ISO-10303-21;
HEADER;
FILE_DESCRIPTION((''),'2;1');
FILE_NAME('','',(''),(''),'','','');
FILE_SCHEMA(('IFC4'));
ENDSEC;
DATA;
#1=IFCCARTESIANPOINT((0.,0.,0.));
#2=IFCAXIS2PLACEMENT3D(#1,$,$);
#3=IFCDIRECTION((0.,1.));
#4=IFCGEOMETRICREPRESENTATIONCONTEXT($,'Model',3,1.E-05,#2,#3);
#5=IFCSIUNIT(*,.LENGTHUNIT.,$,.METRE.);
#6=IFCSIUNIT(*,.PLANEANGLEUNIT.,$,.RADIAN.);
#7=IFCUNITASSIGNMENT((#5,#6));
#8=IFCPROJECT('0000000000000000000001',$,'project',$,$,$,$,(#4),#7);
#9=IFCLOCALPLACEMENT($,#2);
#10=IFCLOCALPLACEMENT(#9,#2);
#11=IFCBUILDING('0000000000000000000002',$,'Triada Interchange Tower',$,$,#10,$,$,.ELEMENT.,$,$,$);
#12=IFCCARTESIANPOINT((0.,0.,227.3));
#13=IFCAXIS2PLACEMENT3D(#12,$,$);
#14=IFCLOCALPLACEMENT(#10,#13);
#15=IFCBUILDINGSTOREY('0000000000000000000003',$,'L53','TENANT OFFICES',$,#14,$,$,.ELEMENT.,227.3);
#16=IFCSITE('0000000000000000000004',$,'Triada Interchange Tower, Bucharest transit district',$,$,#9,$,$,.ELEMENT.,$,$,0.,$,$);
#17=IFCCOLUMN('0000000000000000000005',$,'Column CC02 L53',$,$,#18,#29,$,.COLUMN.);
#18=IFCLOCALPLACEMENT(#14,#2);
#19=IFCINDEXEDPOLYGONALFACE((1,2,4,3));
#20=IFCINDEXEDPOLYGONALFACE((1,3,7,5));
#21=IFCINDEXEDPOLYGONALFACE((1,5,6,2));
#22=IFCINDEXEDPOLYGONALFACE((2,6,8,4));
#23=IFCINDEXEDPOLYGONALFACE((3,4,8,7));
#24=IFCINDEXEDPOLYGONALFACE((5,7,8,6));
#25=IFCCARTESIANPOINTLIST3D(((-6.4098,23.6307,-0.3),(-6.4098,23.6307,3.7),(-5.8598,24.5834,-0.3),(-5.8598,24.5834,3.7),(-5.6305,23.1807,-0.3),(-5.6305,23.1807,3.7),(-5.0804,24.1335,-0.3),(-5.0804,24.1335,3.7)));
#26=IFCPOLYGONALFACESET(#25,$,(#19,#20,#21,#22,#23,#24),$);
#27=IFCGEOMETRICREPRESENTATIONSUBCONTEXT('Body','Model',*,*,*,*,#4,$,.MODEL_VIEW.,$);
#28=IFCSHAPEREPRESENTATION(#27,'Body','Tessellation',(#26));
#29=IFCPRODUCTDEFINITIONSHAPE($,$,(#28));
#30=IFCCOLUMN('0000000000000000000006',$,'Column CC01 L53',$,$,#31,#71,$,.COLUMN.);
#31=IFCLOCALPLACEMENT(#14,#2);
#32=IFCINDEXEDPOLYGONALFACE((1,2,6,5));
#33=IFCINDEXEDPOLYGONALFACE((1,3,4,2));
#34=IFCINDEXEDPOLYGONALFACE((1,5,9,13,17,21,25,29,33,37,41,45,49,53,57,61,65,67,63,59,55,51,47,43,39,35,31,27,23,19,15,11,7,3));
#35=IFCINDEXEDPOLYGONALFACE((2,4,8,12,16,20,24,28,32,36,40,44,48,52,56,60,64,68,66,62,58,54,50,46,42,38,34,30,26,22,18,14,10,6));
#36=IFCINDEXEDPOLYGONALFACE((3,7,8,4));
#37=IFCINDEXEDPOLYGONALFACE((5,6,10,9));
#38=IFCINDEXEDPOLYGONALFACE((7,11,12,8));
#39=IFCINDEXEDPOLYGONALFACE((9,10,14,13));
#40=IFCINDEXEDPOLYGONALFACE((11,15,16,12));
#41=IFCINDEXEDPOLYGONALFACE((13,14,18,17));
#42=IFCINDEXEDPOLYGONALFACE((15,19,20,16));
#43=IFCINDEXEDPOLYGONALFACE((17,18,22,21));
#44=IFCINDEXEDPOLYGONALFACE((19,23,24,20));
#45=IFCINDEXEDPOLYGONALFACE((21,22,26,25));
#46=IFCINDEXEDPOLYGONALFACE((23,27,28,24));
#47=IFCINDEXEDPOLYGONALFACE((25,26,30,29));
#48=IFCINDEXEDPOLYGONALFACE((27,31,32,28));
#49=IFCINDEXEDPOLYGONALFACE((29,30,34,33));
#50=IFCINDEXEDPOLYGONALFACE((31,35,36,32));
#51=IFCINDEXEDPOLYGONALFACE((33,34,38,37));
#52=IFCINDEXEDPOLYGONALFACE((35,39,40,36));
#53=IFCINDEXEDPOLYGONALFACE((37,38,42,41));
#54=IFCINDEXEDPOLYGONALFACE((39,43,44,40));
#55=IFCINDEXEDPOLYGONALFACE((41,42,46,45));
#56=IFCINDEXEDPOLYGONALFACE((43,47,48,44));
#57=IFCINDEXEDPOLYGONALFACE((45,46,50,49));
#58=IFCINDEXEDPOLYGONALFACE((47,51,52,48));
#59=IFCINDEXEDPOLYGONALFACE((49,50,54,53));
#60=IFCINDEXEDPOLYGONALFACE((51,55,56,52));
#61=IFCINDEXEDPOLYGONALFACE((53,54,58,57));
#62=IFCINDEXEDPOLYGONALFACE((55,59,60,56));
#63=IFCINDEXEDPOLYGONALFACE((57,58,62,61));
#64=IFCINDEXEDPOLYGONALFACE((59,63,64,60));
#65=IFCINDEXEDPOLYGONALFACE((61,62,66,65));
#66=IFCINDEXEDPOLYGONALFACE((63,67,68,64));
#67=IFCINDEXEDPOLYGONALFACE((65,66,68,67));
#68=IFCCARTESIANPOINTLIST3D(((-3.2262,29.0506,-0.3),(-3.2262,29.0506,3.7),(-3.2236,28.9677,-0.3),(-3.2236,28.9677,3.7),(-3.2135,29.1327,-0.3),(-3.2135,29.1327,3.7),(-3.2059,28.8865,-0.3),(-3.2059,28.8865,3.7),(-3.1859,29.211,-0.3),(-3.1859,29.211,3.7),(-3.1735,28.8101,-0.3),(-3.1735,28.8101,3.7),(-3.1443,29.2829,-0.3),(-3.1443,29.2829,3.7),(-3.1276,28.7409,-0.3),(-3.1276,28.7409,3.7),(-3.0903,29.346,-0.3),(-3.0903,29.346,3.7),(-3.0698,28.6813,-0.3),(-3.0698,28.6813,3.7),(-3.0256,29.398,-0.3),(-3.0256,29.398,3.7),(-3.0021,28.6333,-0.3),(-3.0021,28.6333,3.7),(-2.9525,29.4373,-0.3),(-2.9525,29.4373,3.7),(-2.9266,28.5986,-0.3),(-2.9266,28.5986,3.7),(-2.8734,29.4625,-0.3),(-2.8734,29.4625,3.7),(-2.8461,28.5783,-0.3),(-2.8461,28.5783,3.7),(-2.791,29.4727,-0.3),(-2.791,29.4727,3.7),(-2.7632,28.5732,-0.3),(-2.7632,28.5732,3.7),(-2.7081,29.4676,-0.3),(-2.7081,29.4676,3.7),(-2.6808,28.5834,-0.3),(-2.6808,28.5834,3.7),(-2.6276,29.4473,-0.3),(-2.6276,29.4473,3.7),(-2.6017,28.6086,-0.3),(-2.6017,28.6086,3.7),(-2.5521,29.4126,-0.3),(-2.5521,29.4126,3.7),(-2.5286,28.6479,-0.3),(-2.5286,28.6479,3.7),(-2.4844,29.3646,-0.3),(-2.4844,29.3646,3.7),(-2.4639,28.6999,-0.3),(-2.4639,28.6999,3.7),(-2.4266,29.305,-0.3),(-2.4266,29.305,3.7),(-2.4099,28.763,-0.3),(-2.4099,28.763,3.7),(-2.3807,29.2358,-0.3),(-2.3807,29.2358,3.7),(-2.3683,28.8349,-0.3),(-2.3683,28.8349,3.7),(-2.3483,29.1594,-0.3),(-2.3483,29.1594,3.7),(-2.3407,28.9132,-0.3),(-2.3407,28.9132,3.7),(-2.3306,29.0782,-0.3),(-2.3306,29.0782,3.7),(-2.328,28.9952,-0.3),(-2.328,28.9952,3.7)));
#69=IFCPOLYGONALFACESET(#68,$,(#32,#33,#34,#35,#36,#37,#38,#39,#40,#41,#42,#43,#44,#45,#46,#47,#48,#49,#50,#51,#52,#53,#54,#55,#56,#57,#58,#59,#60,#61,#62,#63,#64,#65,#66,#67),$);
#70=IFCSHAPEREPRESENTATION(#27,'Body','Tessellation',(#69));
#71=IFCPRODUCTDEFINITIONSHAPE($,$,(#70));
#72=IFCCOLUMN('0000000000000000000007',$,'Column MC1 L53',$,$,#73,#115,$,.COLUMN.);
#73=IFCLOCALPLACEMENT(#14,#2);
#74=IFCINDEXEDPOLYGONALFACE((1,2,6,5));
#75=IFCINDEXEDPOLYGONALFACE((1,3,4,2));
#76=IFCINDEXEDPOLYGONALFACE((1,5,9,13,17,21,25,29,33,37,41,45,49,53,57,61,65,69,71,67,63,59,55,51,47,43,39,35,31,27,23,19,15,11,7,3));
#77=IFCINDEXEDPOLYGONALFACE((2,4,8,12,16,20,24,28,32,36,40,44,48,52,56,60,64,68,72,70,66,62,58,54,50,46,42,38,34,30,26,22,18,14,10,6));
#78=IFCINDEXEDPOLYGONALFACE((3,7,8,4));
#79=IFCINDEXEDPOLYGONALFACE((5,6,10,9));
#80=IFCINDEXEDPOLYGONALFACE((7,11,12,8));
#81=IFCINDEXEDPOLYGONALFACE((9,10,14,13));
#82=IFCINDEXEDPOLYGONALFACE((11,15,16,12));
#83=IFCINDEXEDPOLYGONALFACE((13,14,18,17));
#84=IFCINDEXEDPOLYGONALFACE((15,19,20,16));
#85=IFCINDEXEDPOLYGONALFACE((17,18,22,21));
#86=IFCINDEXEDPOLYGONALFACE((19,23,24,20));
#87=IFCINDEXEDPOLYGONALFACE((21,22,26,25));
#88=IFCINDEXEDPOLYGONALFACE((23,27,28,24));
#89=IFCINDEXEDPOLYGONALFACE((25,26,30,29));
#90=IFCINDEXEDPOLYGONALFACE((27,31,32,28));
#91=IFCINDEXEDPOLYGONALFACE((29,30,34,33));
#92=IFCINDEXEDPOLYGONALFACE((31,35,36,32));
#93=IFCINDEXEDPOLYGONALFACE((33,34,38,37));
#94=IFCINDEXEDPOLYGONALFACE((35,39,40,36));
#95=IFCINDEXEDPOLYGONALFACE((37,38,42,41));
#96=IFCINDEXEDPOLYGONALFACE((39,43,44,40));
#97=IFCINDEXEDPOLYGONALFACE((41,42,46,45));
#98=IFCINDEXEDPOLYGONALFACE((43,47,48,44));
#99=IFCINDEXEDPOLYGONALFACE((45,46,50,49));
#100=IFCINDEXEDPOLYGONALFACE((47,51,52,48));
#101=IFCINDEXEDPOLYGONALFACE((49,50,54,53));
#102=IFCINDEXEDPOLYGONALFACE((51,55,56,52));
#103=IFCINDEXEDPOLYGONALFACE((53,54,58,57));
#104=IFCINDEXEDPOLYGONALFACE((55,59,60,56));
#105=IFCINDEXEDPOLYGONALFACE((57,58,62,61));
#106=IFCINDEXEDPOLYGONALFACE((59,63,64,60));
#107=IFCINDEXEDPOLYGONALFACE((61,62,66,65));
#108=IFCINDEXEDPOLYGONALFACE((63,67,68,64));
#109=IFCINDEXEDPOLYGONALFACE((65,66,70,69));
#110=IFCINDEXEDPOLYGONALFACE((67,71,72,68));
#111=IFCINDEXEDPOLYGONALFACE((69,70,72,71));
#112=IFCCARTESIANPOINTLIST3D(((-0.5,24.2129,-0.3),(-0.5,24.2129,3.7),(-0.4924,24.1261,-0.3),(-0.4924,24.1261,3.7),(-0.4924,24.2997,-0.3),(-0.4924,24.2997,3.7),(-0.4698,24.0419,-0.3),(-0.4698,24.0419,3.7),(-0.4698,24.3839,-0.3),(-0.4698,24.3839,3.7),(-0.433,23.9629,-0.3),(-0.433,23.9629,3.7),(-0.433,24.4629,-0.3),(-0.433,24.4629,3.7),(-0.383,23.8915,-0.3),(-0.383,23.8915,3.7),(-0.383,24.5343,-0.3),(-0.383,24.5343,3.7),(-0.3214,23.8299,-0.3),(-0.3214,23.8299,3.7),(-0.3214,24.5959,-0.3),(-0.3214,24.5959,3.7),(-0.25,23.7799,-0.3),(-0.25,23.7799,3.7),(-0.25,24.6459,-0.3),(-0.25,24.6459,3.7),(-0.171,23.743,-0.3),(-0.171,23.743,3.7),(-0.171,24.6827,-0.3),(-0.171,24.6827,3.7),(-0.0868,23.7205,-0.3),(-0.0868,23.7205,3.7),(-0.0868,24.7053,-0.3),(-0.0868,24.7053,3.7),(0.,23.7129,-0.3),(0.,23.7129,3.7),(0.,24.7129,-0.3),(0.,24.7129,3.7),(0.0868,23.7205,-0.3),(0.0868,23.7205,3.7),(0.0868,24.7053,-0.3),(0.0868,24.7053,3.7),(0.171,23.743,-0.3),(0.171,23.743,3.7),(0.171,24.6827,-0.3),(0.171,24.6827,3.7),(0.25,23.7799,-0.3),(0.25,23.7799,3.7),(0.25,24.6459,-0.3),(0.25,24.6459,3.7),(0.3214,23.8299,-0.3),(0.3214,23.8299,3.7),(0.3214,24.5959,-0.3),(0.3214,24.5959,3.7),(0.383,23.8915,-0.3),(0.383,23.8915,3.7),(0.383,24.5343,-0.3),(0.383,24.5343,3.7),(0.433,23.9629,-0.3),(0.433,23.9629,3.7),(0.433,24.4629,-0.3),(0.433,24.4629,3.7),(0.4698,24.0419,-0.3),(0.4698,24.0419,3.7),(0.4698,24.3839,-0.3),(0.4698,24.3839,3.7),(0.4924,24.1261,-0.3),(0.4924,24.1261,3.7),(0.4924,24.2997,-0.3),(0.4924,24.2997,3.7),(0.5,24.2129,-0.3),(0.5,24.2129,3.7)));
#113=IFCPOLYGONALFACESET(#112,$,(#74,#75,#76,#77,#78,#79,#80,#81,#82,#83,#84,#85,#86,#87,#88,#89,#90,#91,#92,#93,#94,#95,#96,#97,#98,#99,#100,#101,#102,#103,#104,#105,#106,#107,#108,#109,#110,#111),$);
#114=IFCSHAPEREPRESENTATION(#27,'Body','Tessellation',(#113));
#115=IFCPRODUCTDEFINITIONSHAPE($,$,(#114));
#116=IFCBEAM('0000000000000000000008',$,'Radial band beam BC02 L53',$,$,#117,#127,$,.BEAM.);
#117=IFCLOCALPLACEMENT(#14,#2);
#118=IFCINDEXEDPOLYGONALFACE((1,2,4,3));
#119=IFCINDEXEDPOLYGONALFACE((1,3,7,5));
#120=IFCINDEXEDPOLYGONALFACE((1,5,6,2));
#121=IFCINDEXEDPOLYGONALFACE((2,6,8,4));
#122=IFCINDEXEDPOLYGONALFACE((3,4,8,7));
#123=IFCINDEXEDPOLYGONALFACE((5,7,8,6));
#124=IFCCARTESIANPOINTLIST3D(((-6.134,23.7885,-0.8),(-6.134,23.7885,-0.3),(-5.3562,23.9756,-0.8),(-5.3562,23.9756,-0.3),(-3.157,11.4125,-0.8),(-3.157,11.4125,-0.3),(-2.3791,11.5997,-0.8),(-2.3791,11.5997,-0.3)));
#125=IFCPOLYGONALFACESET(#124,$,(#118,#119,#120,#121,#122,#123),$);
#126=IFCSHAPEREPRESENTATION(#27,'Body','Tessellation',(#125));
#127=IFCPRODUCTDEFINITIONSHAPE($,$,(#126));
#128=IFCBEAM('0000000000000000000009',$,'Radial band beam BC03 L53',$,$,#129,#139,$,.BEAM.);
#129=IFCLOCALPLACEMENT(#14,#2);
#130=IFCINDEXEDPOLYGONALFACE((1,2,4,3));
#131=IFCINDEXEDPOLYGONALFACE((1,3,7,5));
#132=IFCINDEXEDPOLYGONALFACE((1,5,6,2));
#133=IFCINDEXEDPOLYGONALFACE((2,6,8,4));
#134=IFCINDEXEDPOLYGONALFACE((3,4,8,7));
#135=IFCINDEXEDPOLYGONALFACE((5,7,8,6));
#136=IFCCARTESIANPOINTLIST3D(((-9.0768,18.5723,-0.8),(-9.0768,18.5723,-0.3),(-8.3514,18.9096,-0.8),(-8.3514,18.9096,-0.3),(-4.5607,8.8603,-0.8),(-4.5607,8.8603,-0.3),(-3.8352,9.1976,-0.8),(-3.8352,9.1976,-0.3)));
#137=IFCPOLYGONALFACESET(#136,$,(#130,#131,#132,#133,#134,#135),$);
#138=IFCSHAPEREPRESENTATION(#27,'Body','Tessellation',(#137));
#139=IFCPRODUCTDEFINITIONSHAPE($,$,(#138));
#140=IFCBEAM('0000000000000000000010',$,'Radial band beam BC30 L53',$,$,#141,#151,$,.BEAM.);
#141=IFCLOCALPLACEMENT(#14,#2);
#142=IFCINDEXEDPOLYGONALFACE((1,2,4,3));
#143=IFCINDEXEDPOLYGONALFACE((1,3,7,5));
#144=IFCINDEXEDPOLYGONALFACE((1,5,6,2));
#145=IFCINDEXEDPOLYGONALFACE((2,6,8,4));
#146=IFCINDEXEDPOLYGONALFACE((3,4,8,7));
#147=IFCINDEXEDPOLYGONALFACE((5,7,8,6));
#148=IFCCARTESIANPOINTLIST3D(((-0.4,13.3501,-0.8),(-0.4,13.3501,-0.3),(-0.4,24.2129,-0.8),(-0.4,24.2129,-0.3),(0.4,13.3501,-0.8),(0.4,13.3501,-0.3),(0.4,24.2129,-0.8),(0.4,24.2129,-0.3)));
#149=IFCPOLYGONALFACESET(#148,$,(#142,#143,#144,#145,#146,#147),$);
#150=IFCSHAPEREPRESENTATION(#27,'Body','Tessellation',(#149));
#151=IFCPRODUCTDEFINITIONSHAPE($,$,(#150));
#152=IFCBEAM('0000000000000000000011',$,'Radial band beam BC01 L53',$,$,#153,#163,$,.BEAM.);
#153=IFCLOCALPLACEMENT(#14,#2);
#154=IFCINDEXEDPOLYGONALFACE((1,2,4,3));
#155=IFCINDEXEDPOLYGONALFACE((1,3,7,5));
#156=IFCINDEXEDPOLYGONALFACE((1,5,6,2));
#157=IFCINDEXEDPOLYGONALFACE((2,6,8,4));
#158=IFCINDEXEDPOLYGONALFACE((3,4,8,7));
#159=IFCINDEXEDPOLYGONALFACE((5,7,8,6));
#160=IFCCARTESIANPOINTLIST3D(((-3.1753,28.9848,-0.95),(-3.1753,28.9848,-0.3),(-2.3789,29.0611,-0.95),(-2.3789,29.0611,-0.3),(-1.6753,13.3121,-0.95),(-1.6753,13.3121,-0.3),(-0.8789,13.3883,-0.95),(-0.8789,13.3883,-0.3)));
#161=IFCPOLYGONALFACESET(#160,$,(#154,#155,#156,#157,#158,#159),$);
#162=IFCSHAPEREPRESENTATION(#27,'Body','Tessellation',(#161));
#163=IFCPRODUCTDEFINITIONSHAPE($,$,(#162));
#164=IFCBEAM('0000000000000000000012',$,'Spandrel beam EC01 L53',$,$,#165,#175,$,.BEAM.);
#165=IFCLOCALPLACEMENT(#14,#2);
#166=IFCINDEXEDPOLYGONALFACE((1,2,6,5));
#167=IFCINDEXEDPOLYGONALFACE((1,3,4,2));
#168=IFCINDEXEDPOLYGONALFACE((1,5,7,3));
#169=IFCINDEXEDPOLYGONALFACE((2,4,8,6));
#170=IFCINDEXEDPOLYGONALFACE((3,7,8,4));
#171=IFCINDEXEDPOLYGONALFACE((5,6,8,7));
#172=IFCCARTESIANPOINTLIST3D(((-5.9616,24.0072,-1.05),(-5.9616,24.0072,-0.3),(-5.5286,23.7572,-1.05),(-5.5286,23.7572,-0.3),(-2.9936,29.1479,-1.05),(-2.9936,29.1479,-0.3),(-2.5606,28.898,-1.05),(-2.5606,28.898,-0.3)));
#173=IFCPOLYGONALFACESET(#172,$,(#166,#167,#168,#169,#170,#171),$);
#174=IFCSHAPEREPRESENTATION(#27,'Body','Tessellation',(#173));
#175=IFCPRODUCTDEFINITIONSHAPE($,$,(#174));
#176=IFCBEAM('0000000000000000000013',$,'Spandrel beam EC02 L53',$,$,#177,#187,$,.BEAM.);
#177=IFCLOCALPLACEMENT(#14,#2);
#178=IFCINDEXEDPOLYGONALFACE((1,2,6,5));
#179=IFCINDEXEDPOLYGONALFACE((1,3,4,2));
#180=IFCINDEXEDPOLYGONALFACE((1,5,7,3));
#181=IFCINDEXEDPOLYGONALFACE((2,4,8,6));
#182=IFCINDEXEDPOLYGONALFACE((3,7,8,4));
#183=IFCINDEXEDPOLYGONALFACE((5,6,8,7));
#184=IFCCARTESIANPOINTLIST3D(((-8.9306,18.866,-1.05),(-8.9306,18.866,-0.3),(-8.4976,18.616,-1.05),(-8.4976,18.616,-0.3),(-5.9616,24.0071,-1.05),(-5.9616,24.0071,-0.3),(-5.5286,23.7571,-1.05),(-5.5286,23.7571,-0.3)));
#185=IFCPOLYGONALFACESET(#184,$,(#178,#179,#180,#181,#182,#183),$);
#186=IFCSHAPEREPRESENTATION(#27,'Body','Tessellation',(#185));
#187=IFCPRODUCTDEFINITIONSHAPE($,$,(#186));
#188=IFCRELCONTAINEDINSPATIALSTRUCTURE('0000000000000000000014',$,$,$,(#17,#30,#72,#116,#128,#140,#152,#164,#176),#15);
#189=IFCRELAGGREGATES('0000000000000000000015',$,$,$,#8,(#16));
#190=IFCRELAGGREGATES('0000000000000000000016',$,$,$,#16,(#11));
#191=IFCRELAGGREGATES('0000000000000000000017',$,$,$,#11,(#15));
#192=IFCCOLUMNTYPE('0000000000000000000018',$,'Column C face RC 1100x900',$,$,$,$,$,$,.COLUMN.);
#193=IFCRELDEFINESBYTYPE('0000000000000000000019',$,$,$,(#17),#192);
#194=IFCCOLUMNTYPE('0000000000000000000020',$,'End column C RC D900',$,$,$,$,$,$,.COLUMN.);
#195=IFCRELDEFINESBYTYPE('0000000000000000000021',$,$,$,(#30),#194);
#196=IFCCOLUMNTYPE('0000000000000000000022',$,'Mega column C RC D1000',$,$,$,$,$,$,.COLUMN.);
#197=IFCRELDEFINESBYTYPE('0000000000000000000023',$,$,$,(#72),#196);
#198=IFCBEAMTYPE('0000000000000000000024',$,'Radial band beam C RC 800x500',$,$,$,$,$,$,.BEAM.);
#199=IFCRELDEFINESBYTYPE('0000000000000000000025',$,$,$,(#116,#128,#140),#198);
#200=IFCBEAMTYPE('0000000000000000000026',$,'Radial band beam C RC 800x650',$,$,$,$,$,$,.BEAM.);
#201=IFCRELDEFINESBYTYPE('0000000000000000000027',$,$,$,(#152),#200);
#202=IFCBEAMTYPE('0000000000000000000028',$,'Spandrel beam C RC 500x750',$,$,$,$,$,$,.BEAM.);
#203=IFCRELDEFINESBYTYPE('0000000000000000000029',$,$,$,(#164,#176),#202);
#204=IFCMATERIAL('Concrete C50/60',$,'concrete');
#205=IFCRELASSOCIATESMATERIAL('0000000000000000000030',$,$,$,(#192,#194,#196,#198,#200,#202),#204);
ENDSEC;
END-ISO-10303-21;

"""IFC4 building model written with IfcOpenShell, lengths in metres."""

from ifc_helpers import new_model, si_unit, direction, frame, origin, origin_2d, place, context, subcontext, project, spatial, rectangle, circle, extrude, material, material_profile, profile_set, type_object, element, save


model = new_model("IFC4")

# Units and contexts
model_context = context("Model", 3, precision=1e-05, world=origin(), true_north=direction((0.0, 1.0)))
body_context = subcontext(model_context, "Body", "Model", "MODEL_VIEW")
ifc_project = project(units=[si_unit("LENGTHUNIT", "METRE"), si_unit("PLANEANGLEUNIT", "RADIAN")], contexts=[model_context])

# Site, building, storey
site_placement = place(None, origin())
site = spatial("IfcSite", under=ifc_project, at=site_placement, Name="Triada Interchange Tower, Bucharest transit district", CompositionType="ELEMENT", RefElevation=0.0)
building_placement = place(site_placement, origin())
building = spatial("IfcBuilding", under=site, at=building_placement, Name="Triada Interchange Tower", CompositionType="ELEMENT")
storey_placement = place(building_placement, frame((0.0, 0.0, 227.3)))
storey = spatial("IfcBuildingStorey", under=building, at=storey_placement, Name="L53", Description="TENANT OFFICES", CompositionType="ELEMENT", Elevation=227.3)

# Columns
ifc_material_1 = material(Name="Concrete C50/60", Category="concrete")
ifc_material_profile_1 = material_profile(ifc_material_1, rectangle(XDim=1.1001, YDim=0.8999, at=origin_2d()), Name="RC 1100x900")
ifc_profile_set_1 = profile_set([ifc_material_profile_1], Name="Concrete C50/60")
column_type_1 = type_object("IfcColumnType", Name="Column C face RC 1100x900", PredefinedType="COLUMN", material=ifc_profile_set_1)
column_1_placement = place(storey_placement, frame((-5.7451, 23.8821, -0.3), z_axis=(0.0, 0.0, 1.0), x_axis=(0.5, 0.866025, 0.0)))
element("IfcColumn", 1, at=column_1_placement, inside=storey, type_object=column_type_1, Name="Column CC02 L53", PredefinedType="COLUMN", context=body_context, shape_type="SweptSolid", body=[
    extrude(rectangle(XDim=1.1001, YDim=0.8999, at=origin_2d()), origin(), (0.0, 0.0, 1.0), 4.0),
])
ifc_material_profile_2 = material_profile(ifc_material_1, circle(Radius=0.45, at=origin_2d()), Name="RC D900")
ifc_profile_set_2 = profile_set([ifc_material_profile_2], Name="Concrete C50/60")
column_type_2 = type_object("IfcColumnType", Name="End column C RC D900", PredefinedType="COLUMN", material=ifc_profile_set_2)
column_2_placement = place(storey_placement, frame((-2.7771, 29.0229, -0.3), z_axis=(0.0, 0.0, 1.0), x_axis=(0.5, 0.866025, 0.0)))
element("IfcColumn", 2, at=column_2_placement, inside=storey, type_object=column_type_2, Name="Column CC01 L53", PredefinedType="COLUMN", context=body_context, shape_type="SweptSolid", body=[
    extrude(circle(Radius=0.45, at=origin_2d()), origin(), (0.0, 0.0, 1.0), 4.0),
])
ifc_material_profile_3 = material_profile(ifc_material_1, circle(Radius=0.5, at=origin_2d()), Name="RC D1000")
ifc_profile_set_3 = profile_set([ifc_material_profile_3], Name="Concrete C50/60")
column_type_3 = type_object("IfcColumnType", Name="Mega column C RC D1000", PredefinedType="COLUMN", material=ifc_profile_set_3)
column_3_placement = place(storey_placement, frame((0.0, 24.2129, -0.3), z_axis=(0.0, 0.0, 1.0), x_axis=(1.0, 0.0, 0.0)))
element("IfcColumn", 3, at=column_3_placement, inside=storey, type_object=column_type_3, Name="Column MC1 L53", PredefinedType="COLUMN", context=body_context, shape_type="SweptSolid", body=[
    extrude(circle(Radius=0.5, at=origin_2d()), origin(), (0.0, 0.0, 1.0), 4.0),
])

# Beams
ifc_material_profile_4 = material_profile(ifc_material_1, rectangle(XDim=0.8, YDim=0.5, at=origin_2d()), Name="RC 800x500")
ifc_profile_set_4 = profile_set([ifc_material_profile_4], Name="Concrete C50/60")
beam_type_1 = type_object("IfcBeamType", Name="Radial band beam C RC 800x500", PredefinedType="BEAM", material=ifc_profile_set_4)
beam_1_placement = place(storey_placement, frame((-5.7451, 23.8821, -0.55), z_axis=(0.233879, -0.972266, 0.0), x_axis=(0.972266, 0.233879, 0.0)))
element("IfcBeam", 4, at=beam_1_placement, inside=storey, type_object=beam_type_1, Name="Radial band beam BC02 L53", PredefinedType="BEAM", context=body_context, shape_type="SweptSolid", body=[
    extrude(rectangle(XDim=0.8, YDim=0.5, at=origin_2d()), origin(), (0.0, 0.0, 1.0), 12.729),
])
beam_2_placement = place(storey_placement, frame((-8.7141, 18.741, -0.55), z_axis=(0.42165, -0.906759, 0.0), x_axis=(0.906759, 0.42165, 0.0)))
element("IfcBeam", 5, at=beam_2_placement, inside=storey, type_object=beam_type_1, Name="Radial band beam BC03 L53", PredefinedType="BEAM", context=body_context, shape_type="SweptSolid", body=[
    extrude(rectangle(XDim=0.8, YDim=0.5, at=origin_2d()), origin(), (0.0, 0.0, 1.0), 10.7107),
])
beam_3_placement = place(storey_placement, frame((0.0, 24.2129, -0.55), z_axis=(0.0, -1.0, 0.0), x_axis=(1.0, 0.0, 0.0)))
element("IfcBeam", 6, at=beam_3_placement, inside=storey, type_object=beam_type_1, Name="Radial band beam BC30 L53", PredefinedType="BEAM", context=body_context, shape_type="SweptSolid", body=[
    extrude(rectangle(XDim=0.8, YDim=0.5, at=origin_2d()), origin(), (0.0, 0.0, 1.0), 10.8628),
])
ifc_material_profile_5 = material_profile(ifc_material_1, rectangle(XDim=0.8, YDim=0.6499, at=origin_2d()), Name="RC 800x650")
ifc_profile_set_5 = profile_set([ifc_material_profile_5], Name="Concrete C50/60")
beam_type_2 = type_object("IfcBeamType", Name="Radial band beam C RC 800x650", PredefinedType="BEAM", material=ifc_profile_set_5)
beam_4_placement = place(storey_placement, frame((-2.7771, 29.0229, -0.625), z_axis=(0.095272, -0.995451, 0.0), x_axis=(0.995451, 0.095272, 0.0)))
element("IfcBeam", 7, at=beam_4_placement, inside=storey, type_object=beam_type_2, Name="Radial band beam BC01 L53", PredefinedType="BEAM", context=body_context, shape_type="SweptSolid", body=[
    extrude(rectangle(XDim=0.8, YDim=0.6499, at=origin_2d()), origin(), (0.0, 0.0, 1.0), 15.7444),
])
ifc_material_profile_6 = material_profile(ifc_material_1, rectangle(XDim=0.5, YDim=0.75, at=origin_2d()), Name="RC 500x750")
ifc_profile_set_6 = profile_set([ifc_material_profile_6], Name="Concrete C50/60")
beam_type_3 = type_object("IfcBeamType", Name="Spandrel beam C RC 500x750", PredefinedType="BEAM", material=ifc_profile_set_6)
beam_5_placement = place(storey_placement, frame((-2.7771, 29.0229, -0.675), z_axis=(-0.499992, -0.86603, 0.0), x_axis=(0.86603, -0.499992, 0.0)))
element("IfcBeam", 8, at=beam_5_placement, inside=storey, type_object=beam_type_3, Name="Spandrel beam EC01 L53", PredefinedType="BEAM", context=body_context, shape_type="SweptSolid", body=[
    extrude(rectangle(XDim=0.5, YDim=0.75, at=origin_2d()), origin(), (0.0, 0.0, 1.0), 5.936),
])
beam_6_placement = place(storey_placement, frame((-5.7451, 23.8821, -0.675), z_axis=(-0.500097, -0.865969, 0.0), x_axis=(0.865969, -0.500097, 0.0)))
element("IfcBeam", 9, at=beam_6_placement, inside=storey, type_object=beam_type_3, Name="Spandrel beam EC02 L53", PredefinedType="BEAM", context=body_context, shape_type="SweptSolid", body=[
    extrude(rectangle(XDim=0.5, YDim=0.75, at=origin_2d()), origin(), (0.0, 0.0, 1.0), 5.9368),
])

save(model, "model.ifc")
